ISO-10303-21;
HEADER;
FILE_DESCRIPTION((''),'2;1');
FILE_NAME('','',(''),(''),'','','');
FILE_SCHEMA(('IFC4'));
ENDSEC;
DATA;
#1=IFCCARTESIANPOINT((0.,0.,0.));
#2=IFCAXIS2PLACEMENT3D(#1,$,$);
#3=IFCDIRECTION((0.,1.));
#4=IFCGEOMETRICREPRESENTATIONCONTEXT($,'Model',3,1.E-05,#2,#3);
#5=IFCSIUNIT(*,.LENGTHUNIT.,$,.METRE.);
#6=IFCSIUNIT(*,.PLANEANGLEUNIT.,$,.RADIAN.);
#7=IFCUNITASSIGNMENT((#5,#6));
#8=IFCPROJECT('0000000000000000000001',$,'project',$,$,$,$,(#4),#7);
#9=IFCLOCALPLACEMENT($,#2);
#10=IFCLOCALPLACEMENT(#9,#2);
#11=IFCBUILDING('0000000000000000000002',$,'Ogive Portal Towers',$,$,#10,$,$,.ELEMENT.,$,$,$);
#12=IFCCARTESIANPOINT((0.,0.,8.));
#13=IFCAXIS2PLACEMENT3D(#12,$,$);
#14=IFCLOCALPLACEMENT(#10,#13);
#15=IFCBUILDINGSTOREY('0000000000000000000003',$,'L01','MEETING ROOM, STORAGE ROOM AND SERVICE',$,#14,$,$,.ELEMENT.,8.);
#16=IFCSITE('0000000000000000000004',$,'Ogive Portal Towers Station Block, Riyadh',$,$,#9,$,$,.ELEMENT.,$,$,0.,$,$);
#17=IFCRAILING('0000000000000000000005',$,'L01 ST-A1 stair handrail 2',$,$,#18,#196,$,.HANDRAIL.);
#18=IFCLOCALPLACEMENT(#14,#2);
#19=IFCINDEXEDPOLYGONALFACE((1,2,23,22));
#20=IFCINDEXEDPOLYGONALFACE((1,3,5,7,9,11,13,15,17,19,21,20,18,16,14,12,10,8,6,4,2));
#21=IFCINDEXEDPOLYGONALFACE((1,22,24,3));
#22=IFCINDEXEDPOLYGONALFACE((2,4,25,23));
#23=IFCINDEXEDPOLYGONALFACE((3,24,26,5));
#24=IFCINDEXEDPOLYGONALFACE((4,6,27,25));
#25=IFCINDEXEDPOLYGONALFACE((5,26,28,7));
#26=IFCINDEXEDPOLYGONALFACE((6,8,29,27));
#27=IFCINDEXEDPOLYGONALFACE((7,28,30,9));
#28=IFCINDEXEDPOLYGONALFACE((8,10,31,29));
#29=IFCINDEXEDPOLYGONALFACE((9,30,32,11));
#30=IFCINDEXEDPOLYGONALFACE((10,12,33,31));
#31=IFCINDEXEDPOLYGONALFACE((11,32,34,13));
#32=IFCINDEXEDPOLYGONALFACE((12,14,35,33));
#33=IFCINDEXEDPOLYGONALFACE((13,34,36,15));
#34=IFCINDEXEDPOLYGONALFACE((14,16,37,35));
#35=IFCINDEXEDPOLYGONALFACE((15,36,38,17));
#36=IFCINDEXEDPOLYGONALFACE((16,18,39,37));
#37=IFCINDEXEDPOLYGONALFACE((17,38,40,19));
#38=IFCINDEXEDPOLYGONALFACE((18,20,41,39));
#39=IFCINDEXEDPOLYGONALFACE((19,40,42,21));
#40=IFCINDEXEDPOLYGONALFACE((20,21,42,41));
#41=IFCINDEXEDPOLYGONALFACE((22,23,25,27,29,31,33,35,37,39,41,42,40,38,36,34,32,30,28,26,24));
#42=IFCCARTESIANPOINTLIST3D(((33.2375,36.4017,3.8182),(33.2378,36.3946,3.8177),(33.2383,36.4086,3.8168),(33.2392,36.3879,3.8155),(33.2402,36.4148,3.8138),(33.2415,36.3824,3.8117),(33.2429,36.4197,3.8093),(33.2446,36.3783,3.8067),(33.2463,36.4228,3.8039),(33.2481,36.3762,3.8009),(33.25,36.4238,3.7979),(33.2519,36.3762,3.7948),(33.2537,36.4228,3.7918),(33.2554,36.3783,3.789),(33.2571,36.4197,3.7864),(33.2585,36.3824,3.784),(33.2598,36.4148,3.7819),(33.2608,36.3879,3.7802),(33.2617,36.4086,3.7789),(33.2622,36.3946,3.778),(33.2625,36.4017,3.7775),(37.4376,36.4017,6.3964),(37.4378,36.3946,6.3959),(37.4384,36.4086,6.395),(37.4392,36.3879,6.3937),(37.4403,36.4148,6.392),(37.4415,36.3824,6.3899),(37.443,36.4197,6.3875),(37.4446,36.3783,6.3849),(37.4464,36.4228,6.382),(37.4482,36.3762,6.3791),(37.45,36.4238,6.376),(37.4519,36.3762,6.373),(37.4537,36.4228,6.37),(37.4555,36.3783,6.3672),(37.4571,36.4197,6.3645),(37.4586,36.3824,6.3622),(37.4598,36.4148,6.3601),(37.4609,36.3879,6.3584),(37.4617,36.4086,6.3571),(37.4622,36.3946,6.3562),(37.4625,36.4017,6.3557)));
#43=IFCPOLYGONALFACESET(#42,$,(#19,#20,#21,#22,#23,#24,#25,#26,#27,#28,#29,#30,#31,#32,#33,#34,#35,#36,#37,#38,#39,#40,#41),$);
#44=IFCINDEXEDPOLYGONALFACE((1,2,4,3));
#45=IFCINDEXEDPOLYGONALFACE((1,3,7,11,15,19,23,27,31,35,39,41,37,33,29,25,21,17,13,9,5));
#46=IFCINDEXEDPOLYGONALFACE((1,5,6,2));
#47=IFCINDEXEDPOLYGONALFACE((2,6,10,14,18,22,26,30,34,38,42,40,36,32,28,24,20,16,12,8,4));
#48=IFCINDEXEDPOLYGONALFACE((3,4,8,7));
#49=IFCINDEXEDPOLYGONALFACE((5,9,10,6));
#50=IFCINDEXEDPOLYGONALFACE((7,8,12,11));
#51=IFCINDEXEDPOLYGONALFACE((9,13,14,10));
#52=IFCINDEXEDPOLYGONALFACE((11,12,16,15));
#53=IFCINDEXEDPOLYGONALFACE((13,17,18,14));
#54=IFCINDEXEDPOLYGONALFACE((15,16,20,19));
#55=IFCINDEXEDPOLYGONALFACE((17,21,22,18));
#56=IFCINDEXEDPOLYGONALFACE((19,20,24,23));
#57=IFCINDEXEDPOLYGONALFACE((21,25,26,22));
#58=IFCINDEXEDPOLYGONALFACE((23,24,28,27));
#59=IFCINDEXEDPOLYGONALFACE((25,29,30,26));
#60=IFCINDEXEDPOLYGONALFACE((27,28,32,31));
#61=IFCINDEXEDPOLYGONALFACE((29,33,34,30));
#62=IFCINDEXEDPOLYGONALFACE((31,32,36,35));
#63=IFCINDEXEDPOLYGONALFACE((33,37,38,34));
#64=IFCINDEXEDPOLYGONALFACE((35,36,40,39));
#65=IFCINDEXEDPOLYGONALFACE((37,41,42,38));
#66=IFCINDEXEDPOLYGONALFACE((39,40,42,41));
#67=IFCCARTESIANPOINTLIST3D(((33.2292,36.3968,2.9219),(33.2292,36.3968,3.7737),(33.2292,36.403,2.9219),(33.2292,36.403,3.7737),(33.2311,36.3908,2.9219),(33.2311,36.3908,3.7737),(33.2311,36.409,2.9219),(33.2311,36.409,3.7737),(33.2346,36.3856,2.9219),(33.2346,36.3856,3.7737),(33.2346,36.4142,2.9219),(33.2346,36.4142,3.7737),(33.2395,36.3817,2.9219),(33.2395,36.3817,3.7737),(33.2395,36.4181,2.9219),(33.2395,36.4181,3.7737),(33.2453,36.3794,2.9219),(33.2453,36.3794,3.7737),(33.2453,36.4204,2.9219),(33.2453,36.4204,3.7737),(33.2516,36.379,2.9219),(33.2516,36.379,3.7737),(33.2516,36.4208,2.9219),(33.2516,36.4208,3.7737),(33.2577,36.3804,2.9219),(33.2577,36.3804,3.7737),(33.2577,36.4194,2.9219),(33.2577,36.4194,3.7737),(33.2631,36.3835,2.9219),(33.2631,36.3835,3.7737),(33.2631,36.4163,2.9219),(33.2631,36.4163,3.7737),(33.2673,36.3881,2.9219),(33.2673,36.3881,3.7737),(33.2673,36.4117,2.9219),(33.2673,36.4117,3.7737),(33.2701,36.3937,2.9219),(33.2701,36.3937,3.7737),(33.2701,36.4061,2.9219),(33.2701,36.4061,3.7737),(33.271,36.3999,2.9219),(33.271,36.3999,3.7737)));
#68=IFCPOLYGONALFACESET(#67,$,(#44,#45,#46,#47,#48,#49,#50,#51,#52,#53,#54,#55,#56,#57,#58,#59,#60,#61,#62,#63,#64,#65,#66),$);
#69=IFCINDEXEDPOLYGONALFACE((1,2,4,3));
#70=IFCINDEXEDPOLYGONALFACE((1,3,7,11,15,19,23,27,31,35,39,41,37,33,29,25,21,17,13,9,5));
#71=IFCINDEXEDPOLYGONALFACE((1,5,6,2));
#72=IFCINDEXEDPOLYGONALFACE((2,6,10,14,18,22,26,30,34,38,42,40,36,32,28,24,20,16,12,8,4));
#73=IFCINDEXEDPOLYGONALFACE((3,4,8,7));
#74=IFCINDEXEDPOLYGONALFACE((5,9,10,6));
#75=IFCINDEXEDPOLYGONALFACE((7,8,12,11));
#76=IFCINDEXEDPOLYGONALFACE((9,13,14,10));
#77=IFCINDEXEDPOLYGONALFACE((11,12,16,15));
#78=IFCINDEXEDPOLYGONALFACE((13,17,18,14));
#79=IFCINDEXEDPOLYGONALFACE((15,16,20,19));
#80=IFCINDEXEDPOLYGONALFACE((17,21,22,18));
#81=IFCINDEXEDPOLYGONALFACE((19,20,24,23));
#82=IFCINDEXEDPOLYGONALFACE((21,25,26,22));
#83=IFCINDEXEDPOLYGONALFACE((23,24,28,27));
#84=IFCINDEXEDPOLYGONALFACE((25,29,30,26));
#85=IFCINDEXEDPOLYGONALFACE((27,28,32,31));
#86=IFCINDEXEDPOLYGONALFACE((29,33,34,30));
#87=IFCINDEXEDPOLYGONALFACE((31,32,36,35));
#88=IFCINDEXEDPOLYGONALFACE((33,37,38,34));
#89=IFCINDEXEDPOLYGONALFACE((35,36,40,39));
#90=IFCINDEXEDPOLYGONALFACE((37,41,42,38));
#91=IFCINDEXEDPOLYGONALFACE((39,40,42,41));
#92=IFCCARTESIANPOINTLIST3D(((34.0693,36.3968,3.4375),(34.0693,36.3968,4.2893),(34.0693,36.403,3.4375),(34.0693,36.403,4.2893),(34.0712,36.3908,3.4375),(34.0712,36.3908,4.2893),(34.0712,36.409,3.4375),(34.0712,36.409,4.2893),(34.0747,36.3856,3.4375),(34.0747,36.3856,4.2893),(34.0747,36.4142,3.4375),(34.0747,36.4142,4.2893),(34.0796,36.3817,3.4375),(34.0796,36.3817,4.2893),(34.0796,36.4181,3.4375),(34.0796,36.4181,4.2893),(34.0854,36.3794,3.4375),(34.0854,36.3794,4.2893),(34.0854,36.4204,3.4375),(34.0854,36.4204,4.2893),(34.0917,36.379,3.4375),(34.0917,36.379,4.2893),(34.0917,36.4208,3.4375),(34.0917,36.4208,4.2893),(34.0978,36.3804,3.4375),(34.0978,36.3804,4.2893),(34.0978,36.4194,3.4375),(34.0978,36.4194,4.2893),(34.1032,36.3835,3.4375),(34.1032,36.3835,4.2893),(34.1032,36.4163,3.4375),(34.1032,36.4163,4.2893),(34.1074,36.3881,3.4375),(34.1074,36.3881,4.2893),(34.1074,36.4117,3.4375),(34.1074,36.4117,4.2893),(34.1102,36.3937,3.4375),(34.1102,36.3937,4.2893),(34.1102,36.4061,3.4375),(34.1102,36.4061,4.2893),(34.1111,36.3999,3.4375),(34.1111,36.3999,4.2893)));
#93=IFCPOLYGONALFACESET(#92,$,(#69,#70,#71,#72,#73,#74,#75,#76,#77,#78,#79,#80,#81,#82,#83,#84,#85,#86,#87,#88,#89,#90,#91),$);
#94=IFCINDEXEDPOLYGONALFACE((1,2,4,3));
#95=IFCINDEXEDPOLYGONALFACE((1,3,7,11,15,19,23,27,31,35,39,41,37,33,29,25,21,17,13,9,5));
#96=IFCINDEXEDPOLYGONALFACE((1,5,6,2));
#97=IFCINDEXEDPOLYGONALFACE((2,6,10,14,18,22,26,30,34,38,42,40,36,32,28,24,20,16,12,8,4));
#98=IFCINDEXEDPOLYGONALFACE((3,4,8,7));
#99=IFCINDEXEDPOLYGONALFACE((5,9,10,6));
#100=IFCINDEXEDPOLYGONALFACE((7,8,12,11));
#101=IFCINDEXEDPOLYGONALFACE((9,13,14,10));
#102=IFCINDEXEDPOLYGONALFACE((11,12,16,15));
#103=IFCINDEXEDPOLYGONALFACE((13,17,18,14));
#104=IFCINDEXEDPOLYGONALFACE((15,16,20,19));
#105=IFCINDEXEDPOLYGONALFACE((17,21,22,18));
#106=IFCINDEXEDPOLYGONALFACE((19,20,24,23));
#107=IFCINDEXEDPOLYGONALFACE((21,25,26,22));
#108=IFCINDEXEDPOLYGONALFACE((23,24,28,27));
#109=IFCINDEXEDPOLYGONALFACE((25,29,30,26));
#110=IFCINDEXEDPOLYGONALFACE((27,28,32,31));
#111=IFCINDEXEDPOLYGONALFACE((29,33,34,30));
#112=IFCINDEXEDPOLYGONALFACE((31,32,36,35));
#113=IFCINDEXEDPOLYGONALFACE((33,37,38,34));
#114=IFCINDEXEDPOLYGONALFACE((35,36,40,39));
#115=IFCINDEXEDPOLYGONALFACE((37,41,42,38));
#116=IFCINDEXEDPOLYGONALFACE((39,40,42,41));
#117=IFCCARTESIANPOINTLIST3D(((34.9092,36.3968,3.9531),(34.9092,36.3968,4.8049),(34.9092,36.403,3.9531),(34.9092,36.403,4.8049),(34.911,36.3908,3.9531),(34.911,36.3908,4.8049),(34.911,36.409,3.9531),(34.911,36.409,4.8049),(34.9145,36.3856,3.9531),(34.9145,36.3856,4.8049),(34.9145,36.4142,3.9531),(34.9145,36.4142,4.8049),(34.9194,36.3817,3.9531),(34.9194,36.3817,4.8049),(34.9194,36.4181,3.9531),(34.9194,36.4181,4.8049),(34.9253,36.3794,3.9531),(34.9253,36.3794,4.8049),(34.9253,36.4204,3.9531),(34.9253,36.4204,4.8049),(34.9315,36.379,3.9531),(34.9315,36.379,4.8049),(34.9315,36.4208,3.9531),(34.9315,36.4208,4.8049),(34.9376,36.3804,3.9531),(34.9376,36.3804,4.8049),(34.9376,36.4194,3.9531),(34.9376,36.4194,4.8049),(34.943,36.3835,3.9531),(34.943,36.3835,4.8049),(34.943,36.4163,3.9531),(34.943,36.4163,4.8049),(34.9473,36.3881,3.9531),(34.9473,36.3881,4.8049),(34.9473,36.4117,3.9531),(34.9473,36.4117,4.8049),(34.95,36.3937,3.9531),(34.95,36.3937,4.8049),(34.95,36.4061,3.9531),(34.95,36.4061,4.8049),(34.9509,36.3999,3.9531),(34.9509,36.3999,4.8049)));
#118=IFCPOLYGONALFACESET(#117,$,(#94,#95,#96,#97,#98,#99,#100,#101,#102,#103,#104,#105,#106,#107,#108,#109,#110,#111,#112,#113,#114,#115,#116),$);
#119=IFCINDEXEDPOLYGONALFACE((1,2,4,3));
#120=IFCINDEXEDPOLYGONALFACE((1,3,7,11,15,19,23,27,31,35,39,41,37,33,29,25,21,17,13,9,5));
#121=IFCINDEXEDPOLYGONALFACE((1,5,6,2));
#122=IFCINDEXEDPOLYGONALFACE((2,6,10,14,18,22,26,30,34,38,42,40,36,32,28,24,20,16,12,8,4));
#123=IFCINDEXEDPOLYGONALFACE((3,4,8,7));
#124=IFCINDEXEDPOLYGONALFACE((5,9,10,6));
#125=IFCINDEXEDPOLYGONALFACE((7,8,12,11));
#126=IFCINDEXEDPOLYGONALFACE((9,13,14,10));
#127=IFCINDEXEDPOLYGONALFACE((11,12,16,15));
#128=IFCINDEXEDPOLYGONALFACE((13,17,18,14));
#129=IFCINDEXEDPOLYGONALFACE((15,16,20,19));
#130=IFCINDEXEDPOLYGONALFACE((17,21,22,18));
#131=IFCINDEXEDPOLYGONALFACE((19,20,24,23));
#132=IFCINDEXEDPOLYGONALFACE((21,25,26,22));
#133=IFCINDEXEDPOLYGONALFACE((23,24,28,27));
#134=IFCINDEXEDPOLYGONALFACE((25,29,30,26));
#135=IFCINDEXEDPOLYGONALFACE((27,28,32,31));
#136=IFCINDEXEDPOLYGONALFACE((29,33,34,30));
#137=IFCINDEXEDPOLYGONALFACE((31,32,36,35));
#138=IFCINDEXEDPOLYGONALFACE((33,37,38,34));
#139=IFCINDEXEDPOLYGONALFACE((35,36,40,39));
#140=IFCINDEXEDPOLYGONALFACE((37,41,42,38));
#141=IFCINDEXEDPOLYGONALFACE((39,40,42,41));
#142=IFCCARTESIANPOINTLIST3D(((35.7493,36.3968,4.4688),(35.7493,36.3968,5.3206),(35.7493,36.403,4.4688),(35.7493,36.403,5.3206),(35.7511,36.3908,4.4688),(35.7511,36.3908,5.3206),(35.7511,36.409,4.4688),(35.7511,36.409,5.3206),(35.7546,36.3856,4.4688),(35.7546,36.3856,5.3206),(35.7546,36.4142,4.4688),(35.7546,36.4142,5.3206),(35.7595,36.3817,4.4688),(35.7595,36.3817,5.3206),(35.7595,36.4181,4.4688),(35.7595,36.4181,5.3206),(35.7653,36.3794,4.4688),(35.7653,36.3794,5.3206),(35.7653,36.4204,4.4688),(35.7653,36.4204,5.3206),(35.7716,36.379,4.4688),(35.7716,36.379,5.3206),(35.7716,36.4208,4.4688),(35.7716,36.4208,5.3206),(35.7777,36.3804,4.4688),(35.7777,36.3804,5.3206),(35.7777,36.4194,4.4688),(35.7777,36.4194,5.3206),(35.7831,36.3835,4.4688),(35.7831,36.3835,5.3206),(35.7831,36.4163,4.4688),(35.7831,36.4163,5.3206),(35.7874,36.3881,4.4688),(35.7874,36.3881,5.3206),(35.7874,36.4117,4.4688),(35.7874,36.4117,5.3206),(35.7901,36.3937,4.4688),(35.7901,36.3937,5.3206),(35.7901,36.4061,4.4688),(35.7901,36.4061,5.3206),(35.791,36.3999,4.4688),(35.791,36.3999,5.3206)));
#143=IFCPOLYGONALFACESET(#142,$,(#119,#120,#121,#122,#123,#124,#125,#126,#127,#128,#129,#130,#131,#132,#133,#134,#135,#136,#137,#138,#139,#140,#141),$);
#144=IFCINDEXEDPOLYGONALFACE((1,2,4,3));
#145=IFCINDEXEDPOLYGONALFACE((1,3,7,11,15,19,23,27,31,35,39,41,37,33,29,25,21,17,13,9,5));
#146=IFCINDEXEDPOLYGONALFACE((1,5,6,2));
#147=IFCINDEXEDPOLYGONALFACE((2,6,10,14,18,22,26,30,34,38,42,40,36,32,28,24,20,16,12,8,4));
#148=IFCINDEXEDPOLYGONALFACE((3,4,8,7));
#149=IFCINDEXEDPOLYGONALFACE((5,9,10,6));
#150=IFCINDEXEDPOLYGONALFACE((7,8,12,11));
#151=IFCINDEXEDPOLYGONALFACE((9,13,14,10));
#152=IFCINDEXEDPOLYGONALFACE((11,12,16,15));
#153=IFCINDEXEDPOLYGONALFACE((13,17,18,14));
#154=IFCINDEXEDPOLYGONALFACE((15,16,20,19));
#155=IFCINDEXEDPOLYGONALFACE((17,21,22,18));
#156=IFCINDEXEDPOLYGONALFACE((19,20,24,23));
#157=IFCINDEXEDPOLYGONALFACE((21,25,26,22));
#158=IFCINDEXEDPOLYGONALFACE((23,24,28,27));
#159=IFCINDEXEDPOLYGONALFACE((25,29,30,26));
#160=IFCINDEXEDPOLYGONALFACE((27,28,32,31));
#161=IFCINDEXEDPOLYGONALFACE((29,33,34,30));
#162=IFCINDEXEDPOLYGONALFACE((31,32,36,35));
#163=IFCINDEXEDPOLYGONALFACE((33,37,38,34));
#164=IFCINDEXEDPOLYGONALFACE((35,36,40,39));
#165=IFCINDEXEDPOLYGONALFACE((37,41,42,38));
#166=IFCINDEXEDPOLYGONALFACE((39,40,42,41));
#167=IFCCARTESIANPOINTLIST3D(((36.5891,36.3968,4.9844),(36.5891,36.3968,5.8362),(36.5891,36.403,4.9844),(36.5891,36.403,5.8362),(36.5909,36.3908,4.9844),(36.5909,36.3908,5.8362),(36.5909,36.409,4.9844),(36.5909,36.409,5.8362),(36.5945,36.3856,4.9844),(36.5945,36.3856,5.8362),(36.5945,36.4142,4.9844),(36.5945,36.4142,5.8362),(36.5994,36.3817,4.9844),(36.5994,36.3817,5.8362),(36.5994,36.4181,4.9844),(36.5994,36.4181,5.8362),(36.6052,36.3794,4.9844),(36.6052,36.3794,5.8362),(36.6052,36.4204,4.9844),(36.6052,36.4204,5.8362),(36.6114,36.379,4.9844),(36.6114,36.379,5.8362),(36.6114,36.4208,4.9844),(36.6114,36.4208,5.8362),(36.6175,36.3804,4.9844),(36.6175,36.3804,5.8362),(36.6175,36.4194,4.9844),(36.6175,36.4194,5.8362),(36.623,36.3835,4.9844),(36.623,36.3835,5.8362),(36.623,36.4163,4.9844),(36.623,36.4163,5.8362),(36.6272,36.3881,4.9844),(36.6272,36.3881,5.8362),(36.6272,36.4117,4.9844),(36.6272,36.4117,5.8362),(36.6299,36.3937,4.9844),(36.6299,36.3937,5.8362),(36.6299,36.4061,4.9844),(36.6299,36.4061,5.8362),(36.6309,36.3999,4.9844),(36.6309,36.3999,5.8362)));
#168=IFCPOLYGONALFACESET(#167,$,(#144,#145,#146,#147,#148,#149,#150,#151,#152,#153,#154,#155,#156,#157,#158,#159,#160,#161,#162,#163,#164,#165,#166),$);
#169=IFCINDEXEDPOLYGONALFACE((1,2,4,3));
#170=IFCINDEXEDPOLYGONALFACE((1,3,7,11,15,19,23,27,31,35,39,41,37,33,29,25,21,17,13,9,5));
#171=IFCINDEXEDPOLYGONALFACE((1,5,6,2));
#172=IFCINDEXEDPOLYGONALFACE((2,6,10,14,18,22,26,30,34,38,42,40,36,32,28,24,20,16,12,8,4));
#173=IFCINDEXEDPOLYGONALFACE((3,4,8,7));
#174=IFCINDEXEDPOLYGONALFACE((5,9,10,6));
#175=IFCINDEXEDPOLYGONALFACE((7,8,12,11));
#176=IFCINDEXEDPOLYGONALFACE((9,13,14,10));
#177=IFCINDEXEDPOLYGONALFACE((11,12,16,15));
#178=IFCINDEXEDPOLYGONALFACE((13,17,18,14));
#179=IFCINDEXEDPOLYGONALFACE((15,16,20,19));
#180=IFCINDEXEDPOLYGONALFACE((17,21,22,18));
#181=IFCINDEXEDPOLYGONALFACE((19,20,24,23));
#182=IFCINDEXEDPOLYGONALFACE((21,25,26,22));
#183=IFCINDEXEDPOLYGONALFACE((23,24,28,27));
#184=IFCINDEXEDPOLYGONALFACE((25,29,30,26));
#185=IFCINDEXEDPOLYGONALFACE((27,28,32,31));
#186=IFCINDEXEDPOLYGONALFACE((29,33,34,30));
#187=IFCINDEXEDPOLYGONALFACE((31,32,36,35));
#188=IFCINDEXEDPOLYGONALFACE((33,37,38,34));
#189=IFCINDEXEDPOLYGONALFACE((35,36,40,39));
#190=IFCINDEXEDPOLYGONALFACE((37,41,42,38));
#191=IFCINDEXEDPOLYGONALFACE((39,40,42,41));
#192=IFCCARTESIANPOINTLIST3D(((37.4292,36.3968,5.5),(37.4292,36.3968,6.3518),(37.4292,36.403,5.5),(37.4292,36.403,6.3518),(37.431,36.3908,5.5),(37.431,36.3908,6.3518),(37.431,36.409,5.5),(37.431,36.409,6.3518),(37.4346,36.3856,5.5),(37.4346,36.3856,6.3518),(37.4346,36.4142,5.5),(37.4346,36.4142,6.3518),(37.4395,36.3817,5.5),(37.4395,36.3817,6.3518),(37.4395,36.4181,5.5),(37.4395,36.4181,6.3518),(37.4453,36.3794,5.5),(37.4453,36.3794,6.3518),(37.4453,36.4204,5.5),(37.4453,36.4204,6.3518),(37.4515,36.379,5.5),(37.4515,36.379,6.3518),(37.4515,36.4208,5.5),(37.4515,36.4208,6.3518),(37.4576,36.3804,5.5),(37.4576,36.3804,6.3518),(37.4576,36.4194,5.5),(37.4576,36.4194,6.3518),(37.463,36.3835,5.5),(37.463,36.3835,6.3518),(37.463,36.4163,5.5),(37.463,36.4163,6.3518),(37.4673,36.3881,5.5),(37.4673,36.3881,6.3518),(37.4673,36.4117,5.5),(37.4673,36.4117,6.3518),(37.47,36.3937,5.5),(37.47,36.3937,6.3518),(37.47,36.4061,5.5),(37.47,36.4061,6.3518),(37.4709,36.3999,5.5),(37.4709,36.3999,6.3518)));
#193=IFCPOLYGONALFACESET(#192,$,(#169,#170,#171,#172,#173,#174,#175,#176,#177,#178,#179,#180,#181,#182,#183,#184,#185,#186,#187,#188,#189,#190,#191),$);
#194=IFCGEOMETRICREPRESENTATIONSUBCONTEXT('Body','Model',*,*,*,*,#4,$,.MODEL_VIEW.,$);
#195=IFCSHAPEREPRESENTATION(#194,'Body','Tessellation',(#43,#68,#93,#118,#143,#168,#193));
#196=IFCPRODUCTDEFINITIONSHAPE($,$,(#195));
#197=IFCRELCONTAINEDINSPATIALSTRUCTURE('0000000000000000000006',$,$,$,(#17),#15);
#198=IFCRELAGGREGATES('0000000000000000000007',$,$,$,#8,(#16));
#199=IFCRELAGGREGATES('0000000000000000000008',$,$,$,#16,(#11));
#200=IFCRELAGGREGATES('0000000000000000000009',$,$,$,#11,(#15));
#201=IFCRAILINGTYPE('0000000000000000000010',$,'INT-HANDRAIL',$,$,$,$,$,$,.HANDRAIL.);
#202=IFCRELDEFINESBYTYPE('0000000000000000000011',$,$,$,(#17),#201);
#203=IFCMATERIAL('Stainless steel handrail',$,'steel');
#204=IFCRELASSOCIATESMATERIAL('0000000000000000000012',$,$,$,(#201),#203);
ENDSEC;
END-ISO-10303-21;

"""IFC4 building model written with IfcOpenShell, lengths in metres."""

from ifc_helpers import new_model, si_unit, direction, frame, origin, origin_2d, place, context, subcontext, project, spatial, circle, extrude, material, type_object, element, save


model = new_model("IFC4")

# Units and contexts
model_context = context("Model", 3, precision=1e-05, world=origin(), true_north=direction((0.0, 1.0)))
body_context = subcontext(model_context, "Body", "Model", "MODEL_VIEW")
ifc_project = project(units=[si_unit("LENGTHUNIT", "METRE"), si_unit("PLANEANGLEUNIT", "RADIAN")], contexts=[model_context])

# Site, building, storey
site_placement = place(None, origin())
site = spatial("IfcSite", under=ifc_project, at=site_placement, Name="Ogive Portal Towers Station Block, Riyadh", CompositionType="ELEMENT", RefElevation=0.0)
building_placement = place(site_placement, origin())
building = spatial("IfcBuilding", under=site, at=building_placement, Name="Ogive Portal Towers", CompositionType="ELEMENT")
storey_placement = place(building_placement, frame((0.0, 0.0, 8.0)))
storey = spatial("IfcBuildingStorey", under=building, at=storey_placement, Name="L01", Description="MEETING ROOM, STORAGE ROOM AND SERVICE", CompositionType="ELEMENT", Elevation=8.0)

# Railing
ifc_material_1 = material(Name="Stainless steel handrail", Category="steel")
railing_type_1 = type_object("IfcRailingType", Name="INT-HANDRAIL", PredefinedType="HANDRAIL", material=ifc_material_1)
railing_1_placement = place(storey_placement, frame((33.25, 36.3999, 2.9219)))
element("IfcRailing", 1, at=railing_1_placement, inside=storey, type_object=railing_type_1, Name="L01 ST-A1 stair handrail 2", PredefinedType="HANDRAIL", context=body_context, shape_type="SweptSolid", body=[
    extrude(circle(Radius=0.0239, at=origin_2d()), frame((0.0, 0.0, 0.876), z_axis=(0.852243, 0.0, 0.523146), x_axis=(0.0, 1.0, 0.0)), (0.0, 0.0, 1.0), 4.9282),
    extrude(circle(Radius=0.021, at=origin_2d()), origin(), (0.0, 0.0, 1.0), 0.8518),
    extrude(circle(Radius=0.021, at=origin_2d()), frame((0.8401, 0.0, 0.5156)), (0.0, 0.0, 1.0), 0.8518),
    extrude(circle(Radius=0.021, at=origin_2d()), frame((1.6799, 0.0, 1.0312)), (0.0, 0.0, 1.0), 0.8518),
    extrude(circle(Radius=0.021, at=origin_2d()), frame((2.52, 0.0, 1.5469)), (0.0, 0.0, 1.0), 0.8518),
    extrude(circle(Radius=0.021, at=origin_2d()), frame((3.3599, 0.0, 2.0625)), (0.0, 0.0, 1.0), 0.8518),
    extrude(circle(Radius=0.021, at=origin_2d()), frame((4.2, 0.0, 2.5781)), (0.0, 0.0, 1.0), 0.8518),
])

save(model, "model.ifc")
